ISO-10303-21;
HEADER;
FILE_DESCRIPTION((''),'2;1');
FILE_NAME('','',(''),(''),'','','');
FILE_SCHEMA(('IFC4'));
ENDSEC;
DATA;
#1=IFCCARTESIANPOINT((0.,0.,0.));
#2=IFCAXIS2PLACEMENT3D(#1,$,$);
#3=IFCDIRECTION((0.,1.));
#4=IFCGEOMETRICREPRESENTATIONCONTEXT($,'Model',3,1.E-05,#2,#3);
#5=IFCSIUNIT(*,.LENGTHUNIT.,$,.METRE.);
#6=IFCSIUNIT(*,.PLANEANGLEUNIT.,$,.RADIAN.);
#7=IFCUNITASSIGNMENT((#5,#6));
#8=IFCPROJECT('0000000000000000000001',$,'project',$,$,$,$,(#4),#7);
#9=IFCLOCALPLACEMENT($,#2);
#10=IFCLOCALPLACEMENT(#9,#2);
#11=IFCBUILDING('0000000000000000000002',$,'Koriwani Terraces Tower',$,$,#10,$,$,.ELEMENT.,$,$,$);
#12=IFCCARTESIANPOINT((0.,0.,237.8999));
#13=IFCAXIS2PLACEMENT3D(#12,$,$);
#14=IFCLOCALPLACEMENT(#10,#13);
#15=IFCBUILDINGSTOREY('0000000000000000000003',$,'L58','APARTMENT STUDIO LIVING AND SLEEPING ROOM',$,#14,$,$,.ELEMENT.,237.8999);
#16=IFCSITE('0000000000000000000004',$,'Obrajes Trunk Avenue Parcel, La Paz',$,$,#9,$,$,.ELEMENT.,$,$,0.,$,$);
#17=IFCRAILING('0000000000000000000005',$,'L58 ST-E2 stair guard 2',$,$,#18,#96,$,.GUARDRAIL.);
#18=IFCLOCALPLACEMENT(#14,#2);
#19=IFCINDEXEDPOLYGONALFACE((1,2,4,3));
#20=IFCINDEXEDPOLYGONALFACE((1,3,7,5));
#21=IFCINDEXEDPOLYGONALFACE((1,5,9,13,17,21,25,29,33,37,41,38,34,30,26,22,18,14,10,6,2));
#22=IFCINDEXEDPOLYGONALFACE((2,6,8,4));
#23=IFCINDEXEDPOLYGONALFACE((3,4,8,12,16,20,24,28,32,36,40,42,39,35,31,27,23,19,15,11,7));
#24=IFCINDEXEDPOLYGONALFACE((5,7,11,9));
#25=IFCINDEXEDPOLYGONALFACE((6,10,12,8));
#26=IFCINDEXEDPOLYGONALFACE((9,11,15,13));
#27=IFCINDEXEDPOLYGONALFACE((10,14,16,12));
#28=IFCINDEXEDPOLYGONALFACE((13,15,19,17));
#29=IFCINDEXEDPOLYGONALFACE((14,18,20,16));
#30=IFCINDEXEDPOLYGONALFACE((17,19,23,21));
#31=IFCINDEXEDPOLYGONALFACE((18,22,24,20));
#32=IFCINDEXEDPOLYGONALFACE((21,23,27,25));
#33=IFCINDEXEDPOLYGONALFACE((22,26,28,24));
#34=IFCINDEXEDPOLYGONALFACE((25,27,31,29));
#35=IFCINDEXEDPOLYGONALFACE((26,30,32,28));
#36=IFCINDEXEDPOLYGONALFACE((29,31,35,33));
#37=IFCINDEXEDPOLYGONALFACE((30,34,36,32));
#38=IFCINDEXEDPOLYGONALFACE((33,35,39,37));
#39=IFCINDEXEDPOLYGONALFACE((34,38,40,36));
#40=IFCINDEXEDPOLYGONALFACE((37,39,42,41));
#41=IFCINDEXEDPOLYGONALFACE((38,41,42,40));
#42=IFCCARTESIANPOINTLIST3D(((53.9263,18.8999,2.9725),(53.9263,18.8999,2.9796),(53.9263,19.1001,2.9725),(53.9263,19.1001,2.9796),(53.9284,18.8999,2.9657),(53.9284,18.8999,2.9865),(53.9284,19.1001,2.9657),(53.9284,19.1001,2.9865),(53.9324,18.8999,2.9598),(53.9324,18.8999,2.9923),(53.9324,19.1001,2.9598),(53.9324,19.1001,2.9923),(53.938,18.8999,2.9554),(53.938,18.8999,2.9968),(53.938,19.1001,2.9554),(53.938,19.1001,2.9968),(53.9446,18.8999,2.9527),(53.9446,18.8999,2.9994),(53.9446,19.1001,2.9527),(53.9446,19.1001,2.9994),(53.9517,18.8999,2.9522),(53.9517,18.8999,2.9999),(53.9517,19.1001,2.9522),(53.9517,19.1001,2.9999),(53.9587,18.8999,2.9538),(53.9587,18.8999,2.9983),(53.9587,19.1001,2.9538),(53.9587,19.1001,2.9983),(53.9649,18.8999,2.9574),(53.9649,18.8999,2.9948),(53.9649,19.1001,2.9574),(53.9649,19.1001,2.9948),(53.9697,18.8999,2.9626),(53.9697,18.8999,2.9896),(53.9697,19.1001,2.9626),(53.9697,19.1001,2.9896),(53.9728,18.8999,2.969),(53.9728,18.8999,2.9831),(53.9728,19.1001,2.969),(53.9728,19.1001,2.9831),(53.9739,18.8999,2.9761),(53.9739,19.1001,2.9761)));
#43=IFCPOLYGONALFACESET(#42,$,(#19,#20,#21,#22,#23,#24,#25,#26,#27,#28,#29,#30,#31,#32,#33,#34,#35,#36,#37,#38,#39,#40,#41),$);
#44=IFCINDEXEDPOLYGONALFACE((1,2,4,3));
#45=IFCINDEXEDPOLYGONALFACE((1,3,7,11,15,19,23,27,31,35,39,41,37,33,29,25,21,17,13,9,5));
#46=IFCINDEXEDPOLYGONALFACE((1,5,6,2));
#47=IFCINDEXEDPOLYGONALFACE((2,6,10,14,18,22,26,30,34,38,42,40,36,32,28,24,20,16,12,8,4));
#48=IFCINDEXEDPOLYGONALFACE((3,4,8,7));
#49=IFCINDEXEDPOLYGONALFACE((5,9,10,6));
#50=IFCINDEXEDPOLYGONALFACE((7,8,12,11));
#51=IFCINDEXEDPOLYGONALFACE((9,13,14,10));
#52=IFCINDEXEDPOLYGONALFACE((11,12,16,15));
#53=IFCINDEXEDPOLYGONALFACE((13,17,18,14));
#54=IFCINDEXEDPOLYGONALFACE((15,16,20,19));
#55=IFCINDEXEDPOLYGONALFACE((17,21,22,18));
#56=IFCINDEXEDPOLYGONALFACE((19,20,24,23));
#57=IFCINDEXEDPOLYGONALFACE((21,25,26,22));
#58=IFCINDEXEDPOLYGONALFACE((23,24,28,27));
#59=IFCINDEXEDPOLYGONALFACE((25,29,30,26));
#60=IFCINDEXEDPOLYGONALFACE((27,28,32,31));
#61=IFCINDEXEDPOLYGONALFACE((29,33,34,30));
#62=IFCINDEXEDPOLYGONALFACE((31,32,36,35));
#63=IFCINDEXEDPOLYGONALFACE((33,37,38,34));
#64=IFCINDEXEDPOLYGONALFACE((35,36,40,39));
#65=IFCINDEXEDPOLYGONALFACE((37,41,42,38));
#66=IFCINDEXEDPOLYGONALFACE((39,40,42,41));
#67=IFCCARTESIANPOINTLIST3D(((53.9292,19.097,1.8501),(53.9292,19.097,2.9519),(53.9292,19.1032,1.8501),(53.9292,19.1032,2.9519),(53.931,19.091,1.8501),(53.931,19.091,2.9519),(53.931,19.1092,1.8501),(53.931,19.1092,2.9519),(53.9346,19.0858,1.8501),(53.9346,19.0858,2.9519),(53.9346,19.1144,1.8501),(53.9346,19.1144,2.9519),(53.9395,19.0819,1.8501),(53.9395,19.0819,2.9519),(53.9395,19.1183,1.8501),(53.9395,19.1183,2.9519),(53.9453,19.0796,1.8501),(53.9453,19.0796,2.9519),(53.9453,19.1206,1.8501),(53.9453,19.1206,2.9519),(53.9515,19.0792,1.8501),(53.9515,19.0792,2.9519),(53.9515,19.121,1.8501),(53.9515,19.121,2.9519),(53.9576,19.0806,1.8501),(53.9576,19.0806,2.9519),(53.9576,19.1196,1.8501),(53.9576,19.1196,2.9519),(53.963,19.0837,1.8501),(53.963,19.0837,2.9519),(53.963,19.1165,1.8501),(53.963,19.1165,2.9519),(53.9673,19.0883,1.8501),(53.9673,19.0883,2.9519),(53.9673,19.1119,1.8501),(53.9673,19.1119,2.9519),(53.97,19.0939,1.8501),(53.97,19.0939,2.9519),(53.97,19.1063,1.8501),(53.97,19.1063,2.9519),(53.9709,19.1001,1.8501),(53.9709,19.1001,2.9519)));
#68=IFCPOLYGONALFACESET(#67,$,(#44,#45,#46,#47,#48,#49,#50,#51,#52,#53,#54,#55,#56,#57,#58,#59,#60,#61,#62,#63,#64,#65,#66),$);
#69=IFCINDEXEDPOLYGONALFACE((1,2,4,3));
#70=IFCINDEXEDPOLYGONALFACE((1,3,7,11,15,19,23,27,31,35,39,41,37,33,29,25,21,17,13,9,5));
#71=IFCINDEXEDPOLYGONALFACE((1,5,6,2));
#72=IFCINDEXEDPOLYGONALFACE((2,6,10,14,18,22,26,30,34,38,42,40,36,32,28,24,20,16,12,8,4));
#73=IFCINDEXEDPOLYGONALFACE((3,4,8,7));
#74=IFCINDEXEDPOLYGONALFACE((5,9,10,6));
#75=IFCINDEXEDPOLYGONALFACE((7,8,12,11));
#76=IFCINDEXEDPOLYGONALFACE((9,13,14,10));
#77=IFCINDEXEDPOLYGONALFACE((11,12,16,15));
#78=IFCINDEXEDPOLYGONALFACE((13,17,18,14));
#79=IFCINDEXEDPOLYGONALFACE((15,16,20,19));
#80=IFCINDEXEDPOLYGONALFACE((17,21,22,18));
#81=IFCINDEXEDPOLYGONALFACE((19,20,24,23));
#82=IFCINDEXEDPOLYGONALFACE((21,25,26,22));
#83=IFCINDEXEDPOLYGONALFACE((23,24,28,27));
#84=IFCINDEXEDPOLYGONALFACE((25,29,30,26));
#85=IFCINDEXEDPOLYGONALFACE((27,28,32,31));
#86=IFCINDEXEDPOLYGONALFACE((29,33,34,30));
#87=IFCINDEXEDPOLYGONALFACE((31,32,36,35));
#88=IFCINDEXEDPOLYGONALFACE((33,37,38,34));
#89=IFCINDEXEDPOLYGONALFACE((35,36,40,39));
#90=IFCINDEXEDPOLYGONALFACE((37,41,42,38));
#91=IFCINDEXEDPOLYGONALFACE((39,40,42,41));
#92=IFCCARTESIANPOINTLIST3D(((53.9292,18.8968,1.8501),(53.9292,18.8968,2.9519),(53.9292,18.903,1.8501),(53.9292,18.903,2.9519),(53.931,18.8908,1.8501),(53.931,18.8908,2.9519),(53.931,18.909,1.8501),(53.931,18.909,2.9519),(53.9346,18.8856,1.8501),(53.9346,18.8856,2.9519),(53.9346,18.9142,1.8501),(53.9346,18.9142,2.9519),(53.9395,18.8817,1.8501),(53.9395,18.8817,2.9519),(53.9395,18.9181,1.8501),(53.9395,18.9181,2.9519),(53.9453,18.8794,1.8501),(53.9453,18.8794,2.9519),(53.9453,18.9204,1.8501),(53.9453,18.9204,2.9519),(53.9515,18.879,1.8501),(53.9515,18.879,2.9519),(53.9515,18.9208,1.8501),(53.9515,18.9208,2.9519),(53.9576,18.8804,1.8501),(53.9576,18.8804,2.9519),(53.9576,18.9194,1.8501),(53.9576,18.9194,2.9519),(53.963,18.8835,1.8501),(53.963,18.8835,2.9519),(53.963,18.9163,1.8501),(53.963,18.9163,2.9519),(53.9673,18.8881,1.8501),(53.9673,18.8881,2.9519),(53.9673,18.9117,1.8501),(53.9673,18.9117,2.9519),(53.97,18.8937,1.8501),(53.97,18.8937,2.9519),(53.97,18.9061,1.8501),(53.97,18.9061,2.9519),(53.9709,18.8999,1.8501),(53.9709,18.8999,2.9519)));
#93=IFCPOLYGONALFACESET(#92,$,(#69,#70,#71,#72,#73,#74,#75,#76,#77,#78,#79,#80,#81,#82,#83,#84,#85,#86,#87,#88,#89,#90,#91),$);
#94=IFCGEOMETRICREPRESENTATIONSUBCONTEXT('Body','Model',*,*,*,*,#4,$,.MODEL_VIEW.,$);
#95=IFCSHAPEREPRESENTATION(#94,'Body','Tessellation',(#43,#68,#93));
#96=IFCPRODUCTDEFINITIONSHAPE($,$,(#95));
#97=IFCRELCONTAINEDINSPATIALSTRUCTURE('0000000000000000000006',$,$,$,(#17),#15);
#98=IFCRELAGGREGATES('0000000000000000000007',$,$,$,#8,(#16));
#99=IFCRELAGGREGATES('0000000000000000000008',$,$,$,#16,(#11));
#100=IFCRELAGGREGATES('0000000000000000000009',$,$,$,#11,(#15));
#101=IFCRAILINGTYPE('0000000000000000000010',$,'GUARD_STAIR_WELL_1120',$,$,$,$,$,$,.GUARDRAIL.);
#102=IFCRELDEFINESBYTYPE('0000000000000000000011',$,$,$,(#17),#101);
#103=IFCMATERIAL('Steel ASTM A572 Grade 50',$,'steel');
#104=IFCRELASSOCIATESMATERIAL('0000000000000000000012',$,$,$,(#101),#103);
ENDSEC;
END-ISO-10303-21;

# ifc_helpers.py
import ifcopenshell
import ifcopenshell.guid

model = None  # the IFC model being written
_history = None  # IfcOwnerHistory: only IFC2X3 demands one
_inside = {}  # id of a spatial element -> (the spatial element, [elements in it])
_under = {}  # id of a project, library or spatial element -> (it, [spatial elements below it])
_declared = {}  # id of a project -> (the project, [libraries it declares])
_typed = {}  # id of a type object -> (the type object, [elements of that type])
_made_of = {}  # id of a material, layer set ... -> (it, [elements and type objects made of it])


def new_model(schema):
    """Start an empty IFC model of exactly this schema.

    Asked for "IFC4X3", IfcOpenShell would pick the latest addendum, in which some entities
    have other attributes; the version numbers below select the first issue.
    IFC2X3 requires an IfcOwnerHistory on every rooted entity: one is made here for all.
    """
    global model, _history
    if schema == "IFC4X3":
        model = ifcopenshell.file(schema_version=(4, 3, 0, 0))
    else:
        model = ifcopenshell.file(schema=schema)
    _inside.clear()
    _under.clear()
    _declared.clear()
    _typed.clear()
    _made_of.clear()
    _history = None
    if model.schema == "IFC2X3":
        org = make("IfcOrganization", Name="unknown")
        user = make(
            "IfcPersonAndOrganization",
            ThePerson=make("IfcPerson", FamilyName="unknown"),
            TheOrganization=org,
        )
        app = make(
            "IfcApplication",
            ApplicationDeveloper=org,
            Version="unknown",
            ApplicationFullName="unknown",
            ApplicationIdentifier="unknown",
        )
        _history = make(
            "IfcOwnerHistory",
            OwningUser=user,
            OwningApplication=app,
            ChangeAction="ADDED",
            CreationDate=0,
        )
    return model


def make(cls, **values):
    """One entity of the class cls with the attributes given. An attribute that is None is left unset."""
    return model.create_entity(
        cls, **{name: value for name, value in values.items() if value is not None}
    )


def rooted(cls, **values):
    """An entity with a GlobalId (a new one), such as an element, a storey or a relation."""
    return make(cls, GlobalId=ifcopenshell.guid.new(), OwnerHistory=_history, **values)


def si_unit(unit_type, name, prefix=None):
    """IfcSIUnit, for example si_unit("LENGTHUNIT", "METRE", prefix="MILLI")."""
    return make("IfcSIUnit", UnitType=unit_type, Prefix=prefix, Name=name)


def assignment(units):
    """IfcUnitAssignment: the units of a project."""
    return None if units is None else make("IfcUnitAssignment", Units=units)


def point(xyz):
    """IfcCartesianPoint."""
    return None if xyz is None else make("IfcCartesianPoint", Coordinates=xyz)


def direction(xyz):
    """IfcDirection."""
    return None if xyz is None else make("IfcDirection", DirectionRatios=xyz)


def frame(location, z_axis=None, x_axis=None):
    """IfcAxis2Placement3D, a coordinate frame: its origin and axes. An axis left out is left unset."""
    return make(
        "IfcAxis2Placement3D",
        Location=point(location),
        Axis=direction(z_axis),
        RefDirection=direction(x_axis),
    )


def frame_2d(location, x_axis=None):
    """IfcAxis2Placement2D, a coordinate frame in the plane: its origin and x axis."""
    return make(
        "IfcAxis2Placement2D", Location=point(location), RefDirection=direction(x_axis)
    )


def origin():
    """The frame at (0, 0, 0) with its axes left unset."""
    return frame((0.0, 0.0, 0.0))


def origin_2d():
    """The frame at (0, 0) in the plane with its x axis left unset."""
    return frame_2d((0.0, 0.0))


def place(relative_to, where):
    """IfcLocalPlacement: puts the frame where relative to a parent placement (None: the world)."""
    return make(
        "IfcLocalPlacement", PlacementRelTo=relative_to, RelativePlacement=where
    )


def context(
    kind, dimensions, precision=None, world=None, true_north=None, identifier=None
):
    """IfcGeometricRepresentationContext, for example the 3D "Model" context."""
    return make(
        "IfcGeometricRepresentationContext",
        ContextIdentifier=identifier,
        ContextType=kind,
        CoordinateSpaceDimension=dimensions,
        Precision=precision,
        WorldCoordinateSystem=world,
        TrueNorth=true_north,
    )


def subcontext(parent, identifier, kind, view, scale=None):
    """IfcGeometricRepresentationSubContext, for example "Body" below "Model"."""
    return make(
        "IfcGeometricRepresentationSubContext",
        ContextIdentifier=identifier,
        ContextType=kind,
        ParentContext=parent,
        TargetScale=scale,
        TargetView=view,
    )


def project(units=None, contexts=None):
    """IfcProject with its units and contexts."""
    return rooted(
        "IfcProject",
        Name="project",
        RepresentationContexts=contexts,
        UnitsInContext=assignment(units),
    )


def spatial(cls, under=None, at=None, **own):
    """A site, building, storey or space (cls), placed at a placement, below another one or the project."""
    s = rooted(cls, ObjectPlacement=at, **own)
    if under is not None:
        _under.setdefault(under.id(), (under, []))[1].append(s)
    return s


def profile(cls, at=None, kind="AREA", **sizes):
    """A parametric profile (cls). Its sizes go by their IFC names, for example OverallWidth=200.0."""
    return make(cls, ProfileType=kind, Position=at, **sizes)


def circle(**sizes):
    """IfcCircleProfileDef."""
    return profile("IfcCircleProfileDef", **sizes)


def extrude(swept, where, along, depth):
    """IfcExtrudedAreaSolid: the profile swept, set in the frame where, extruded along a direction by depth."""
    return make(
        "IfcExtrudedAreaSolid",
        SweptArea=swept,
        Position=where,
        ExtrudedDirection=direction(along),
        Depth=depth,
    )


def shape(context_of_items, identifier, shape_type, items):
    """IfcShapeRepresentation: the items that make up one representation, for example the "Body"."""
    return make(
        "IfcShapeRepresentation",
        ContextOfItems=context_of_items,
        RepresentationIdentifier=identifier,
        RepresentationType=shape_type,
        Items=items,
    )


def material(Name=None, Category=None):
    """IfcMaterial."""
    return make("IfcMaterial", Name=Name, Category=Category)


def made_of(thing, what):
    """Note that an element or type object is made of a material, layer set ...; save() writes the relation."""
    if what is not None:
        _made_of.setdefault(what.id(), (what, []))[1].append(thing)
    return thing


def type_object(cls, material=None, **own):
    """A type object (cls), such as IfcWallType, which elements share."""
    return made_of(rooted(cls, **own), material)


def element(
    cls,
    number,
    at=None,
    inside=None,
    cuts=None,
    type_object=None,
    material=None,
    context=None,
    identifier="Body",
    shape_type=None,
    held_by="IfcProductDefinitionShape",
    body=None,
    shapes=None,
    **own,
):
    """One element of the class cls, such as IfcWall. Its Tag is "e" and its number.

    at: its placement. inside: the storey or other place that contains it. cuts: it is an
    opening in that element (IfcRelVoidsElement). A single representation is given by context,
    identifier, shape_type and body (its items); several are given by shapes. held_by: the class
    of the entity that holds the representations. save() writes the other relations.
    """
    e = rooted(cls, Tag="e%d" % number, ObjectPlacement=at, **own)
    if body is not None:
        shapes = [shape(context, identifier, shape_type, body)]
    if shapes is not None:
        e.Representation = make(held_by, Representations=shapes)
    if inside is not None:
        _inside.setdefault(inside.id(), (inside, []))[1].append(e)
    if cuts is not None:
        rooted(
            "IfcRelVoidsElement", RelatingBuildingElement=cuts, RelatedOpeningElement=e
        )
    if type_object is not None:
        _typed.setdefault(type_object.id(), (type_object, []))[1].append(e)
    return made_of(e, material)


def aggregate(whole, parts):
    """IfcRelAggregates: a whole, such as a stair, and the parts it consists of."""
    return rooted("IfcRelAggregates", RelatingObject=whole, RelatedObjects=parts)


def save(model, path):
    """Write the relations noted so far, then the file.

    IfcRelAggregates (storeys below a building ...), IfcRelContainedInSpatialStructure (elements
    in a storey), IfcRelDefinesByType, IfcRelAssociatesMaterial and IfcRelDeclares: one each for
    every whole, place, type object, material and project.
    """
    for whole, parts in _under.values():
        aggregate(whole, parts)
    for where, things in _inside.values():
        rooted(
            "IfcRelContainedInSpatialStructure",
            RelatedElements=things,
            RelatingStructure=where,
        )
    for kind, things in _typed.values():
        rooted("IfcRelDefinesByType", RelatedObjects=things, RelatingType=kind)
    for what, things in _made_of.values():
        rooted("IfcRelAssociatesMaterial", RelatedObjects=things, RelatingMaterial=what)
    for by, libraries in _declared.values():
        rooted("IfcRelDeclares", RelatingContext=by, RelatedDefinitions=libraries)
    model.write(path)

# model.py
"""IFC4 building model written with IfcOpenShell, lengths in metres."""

from ifc_helpers import new_model, si_unit, direction, frame, origin, origin_2d, place, context, subcontext, project, spatial, circle, extrude, material, type_object, element, save


model = new_model("IFC4")

# Units and contexts
model_context = context("Model", 3, precision=1e-05, world=origin(), true_north=direction((0.0, 1.0)))
body_context = subcontext(model_context, "Body", "Model", "MODEL_VIEW")
ifc_project = project(units=[si_unit("LENGTHUNIT", "METRE"), si_unit("PLANEANGLEUNIT", "RADIAN")], contexts=[model_context])

# Site, building, storey
site_placement = place(None, origin())
site = spatial("IfcSite", under=ifc_project, at=site_placement, Name="Obrajes Trunk Avenue Parcel, La Paz", CompositionType="ELEMENT", RefElevation=0.0)
building_placement = place(site_placement, origin())
building = spatial("IfcBuilding", under=site, at=building_placement, Name="Koriwani Terraces Tower", CompositionType="ELEMENT")
storey_placement = place(building_placement, frame((0.0, 0.0, 237.8999)))
storey = spatial("IfcBuildingStorey", under=building, at=storey_placement, Name="L58", Description="APARTMENT STUDIO LIVING AND SLEEPING ROOM", CompositionType="ELEMENT", Elevation=237.8999)

# Shared definitions
ifc_material_1 = material(Name="Steel ASTM A572 Grade 50", Category="steel")

# Railing
railing_type_1 = type_object("IfcRailingType", Name="GUARD_STAIR_WELL_1120", PredefinedType="GUARDRAIL", material=ifc_material_1)
railing_1_placement = place(storey_placement, frame((53.95, 19.1001, 1.8501)))
element("IfcRailing", 1, at=railing_1_placement, inside=storey, type_object=railing_type_1, Name="L58 ST-E2 stair guard 2", PredefinedType="GUARDRAIL", context=body_context, shape_type="SweptSolid", body=[
    extrude(circle(Radius=0.0239, at=origin_2d()), frame((0.0, 0.0, 1.126), z_axis=(0.0, -1.0, 0.0), x_axis=(1.0, 0.0, 0.0)), (0.0, 0.0, 1.0), 0.2002),
    extrude(circle(Radius=0.021, at=origin_2d()), origin(), (0.0, 0.0, 1.0), 1.1018),
    extrude(circle(Radius=0.021, at=origin_2d()), frame((0.0, -0.2002, 0.0)), (0.0, 0.0, 1.0), 1.1018),
])

save(model, "model.ifc")
